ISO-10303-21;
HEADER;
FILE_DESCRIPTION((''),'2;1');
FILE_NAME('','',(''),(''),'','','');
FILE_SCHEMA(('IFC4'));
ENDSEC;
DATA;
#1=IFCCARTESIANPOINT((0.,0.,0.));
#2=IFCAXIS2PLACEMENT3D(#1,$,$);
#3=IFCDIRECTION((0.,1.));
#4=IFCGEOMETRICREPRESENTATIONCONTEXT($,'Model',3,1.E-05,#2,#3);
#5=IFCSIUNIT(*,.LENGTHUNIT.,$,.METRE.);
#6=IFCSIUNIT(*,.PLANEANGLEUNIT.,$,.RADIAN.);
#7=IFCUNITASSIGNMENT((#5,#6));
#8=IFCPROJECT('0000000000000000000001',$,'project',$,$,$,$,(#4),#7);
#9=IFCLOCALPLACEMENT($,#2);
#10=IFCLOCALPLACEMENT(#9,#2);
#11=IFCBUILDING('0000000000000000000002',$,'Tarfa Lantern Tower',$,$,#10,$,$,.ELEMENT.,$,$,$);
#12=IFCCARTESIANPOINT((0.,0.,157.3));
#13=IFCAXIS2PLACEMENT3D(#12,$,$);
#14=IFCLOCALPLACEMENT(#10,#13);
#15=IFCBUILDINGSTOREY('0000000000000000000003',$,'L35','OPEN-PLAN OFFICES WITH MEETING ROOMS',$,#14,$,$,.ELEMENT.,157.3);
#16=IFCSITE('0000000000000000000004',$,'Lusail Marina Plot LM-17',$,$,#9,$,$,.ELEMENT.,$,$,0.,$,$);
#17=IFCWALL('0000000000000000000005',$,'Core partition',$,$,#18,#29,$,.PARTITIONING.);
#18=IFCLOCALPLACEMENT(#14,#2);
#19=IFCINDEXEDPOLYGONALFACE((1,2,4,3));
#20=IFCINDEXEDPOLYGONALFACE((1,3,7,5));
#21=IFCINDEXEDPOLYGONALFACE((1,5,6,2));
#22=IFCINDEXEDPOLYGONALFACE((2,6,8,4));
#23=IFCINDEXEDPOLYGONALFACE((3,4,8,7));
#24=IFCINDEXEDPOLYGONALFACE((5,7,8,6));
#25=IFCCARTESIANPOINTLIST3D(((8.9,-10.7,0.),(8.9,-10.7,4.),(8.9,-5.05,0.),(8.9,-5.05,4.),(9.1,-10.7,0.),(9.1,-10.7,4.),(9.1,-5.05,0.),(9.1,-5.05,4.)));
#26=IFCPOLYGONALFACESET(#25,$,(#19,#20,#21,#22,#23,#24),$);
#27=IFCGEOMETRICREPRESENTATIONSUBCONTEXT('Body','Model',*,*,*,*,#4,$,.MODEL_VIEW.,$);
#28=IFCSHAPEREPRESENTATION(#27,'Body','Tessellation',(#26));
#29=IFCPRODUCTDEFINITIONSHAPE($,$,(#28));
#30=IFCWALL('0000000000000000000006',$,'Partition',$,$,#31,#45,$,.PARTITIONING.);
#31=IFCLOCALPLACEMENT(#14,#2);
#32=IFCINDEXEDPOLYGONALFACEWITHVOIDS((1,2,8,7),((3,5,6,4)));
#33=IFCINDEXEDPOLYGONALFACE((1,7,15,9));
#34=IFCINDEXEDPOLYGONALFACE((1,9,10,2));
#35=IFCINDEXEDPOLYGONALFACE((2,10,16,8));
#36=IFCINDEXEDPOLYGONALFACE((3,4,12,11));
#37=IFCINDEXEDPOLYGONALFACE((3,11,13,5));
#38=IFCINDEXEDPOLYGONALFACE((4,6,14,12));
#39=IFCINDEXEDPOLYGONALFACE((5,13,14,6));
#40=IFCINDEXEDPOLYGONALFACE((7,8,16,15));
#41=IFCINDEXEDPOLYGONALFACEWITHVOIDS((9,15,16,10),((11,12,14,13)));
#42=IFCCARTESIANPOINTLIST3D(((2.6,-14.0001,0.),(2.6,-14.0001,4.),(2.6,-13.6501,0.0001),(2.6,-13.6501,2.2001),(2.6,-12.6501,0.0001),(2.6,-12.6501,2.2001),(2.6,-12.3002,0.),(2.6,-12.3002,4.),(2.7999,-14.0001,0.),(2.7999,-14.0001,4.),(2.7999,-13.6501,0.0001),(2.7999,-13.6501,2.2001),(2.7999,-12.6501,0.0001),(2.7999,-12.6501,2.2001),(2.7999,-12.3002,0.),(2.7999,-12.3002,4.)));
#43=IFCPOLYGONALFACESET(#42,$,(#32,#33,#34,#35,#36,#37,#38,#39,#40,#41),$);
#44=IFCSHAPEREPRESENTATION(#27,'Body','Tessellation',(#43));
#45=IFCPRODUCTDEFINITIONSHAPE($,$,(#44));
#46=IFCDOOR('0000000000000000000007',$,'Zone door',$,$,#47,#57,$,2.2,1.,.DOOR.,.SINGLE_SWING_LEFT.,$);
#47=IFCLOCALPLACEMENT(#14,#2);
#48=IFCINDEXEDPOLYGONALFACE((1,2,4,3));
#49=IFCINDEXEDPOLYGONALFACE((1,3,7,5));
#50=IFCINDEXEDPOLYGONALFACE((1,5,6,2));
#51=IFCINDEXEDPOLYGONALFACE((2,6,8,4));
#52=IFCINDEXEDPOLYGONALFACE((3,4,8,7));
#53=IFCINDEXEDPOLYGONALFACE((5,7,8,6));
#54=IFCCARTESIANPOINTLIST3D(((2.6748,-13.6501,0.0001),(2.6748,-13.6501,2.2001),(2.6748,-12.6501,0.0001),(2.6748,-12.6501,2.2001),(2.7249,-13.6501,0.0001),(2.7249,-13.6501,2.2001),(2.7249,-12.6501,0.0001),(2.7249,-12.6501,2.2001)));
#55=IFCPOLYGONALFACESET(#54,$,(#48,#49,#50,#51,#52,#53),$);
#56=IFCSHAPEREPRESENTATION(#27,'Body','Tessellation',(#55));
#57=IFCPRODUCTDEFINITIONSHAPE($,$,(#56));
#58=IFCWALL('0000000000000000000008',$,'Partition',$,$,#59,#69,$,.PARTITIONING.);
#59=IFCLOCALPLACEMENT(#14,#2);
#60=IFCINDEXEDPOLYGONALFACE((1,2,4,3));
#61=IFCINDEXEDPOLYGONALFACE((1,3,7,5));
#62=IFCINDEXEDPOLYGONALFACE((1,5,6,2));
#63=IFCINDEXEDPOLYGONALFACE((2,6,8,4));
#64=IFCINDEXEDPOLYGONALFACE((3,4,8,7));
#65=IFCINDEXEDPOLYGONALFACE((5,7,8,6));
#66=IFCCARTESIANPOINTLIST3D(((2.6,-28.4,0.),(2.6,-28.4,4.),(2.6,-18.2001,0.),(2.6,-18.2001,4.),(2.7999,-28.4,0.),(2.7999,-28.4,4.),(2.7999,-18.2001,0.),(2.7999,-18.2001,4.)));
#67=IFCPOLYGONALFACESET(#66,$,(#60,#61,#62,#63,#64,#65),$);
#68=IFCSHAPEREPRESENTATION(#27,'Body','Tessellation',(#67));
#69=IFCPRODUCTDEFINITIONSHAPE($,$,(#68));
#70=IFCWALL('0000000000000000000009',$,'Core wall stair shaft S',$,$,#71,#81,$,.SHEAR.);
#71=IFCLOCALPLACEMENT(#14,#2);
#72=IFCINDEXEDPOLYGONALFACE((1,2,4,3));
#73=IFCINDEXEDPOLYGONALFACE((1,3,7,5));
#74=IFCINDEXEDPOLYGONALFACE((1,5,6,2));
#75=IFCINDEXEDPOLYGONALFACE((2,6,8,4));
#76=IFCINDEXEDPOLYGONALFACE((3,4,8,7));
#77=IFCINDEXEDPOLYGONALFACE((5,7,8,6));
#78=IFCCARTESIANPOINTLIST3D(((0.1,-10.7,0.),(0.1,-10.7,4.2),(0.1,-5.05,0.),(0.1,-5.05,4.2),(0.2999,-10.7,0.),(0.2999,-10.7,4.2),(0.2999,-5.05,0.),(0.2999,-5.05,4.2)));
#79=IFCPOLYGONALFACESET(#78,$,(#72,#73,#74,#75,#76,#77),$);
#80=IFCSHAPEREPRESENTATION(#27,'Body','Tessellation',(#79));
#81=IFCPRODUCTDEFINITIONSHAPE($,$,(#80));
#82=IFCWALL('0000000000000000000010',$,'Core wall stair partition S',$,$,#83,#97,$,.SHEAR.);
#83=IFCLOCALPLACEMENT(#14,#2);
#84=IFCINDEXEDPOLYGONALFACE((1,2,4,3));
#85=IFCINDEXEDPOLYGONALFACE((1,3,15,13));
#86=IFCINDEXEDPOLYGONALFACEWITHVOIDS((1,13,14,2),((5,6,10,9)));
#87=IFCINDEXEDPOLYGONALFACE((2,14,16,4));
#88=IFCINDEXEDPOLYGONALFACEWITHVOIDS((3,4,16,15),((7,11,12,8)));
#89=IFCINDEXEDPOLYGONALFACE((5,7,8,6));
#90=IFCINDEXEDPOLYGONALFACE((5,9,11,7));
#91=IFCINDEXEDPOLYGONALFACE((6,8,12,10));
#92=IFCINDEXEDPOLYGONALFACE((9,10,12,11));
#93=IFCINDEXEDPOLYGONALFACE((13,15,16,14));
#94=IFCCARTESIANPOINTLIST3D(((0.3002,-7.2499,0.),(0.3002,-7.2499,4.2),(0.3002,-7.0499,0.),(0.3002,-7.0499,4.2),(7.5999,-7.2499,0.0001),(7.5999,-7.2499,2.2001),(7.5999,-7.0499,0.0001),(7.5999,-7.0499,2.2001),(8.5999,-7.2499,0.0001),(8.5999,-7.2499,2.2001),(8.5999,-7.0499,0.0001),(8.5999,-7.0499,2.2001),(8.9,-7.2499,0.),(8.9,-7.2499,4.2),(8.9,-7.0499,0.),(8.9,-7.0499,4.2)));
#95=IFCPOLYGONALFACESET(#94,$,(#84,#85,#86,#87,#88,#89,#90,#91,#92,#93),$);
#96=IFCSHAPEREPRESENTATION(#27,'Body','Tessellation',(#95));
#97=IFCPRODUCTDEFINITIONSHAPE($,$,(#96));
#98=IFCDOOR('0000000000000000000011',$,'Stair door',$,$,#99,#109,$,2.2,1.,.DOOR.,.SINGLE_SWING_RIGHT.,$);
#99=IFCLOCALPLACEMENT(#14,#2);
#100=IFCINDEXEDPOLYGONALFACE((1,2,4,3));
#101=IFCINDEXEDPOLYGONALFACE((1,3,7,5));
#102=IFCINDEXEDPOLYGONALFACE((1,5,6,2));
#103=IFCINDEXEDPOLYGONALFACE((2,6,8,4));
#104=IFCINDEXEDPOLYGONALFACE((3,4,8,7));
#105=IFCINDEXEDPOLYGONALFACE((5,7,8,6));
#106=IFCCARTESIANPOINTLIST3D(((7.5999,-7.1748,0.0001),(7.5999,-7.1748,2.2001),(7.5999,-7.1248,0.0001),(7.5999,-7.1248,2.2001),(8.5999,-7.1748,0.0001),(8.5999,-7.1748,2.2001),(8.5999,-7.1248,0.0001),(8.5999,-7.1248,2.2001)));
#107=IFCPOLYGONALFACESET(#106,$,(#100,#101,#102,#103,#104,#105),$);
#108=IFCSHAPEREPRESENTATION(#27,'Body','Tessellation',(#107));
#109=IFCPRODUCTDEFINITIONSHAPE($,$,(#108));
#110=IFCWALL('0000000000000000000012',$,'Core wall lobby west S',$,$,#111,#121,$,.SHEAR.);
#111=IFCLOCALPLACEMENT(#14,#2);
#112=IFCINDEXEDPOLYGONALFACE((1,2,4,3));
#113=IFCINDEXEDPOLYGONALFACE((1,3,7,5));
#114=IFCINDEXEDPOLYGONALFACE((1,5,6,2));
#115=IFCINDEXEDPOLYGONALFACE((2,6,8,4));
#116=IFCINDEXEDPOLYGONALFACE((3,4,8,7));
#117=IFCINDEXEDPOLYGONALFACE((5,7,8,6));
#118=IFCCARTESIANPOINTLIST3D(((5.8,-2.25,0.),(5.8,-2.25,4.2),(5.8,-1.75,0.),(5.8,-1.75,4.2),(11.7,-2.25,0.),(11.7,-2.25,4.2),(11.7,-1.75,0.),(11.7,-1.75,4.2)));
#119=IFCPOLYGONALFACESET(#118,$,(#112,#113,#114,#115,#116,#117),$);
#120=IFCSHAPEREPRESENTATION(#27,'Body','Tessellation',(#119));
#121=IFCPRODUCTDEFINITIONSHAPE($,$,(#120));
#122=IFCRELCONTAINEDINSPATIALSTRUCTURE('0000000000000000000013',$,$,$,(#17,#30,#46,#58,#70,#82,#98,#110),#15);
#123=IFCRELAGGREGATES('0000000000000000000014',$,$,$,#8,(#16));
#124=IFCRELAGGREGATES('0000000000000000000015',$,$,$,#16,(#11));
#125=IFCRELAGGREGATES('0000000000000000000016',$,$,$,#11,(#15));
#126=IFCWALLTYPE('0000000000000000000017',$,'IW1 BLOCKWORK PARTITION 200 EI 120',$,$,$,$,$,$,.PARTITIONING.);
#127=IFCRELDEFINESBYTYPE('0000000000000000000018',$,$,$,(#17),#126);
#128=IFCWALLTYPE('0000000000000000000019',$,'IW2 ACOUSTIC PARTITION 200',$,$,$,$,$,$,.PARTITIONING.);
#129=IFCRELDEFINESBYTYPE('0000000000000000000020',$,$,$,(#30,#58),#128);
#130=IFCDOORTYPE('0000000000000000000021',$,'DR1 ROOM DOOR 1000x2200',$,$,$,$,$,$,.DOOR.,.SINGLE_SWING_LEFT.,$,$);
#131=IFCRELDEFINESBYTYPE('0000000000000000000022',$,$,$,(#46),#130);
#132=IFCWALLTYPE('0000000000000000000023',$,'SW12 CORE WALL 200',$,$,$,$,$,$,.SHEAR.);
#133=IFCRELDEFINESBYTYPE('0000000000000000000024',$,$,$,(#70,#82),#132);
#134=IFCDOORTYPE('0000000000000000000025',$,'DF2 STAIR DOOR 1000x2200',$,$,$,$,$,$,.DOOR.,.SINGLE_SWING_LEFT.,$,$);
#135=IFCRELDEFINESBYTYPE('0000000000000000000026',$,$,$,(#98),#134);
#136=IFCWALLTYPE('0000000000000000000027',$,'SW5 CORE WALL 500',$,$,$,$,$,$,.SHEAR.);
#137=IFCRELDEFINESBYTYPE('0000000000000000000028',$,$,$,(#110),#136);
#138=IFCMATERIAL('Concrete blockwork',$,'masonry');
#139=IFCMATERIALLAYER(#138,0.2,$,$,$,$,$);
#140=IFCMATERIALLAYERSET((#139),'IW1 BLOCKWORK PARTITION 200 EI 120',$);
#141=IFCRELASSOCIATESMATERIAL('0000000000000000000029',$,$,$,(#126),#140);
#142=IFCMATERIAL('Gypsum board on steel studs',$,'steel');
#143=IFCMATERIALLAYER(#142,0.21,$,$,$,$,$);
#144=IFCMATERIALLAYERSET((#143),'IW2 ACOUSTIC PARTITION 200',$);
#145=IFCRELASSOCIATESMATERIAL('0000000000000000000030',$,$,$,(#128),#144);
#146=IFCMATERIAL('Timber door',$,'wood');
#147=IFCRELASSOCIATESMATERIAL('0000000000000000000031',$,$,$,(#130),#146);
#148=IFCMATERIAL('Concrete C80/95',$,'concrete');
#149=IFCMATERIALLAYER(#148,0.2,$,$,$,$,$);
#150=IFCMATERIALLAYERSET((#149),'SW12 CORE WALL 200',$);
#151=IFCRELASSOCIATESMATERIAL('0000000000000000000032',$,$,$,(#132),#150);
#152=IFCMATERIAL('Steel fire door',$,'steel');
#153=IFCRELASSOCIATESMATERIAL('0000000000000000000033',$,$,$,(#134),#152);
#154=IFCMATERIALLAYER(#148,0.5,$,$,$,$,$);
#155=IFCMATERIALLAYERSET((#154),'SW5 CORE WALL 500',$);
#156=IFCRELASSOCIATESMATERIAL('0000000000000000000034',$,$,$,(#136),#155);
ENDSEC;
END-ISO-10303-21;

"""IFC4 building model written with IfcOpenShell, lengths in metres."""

from ifc_helpers import new_model, si_unit, direction, frame, frame_2d, origin, place, context, subcontext, project, spatial, rectangle, extrude, material, layer, layer_set, type_object, element, fill, save


model = new_model("IFC4")

# Units and contexts
model_context = context("Model", 3, precision=1e-05, world=origin(), true_north=direction((0.0, 1.0)))
body_context = subcontext(model_context, "Body", "Model", "MODEL_VIEW")
ifc_project = project(units=[si_unit("LENGTHUNIT", "METRE"), si_unit("PLANEANGLEUNIT", "RADIAN")], contexts=[model_context])

# Site, building, storey
site_placement = place(None, origin())
site = spatial("IfcSite", under=ifc_project, at=site_placement, Name="Lusail Marina Plot LM-17", CompositionType="ELEMENT", RefElevation=0.0)
building_placement = place(site_placement, origin())
building = spatial("IfcBuilding", under=site, at=building_placement, Name="Tarfa Lantern Tower", CompositionType="ELEMENT")
storey_placement = place(building_placement, frame((0.0, 0.0, 157.3)))
storey = spatial("IfcBuildingStorey", under=building, at=storey_placement, Name="L35", Description="OPEN-PLAN OFFICES WITH MEETING ROOMS", CompositionType="ELEMENT", Elevation=157.3)

# Wall
ifc_material_1 = material(Name="Concrete blockwork", Category="masonry")
ifc_layer_1 = layer(ifc_material_1, 0.2)
ifc_layer_set_1 = layer_set([ifc_layer_1], Name="IW1 BLOCKWORK PARTITION 200 EI 120")
wall_type_1 = type_object("IfcWallType", Name="IW1 BLOCKWORK PARTITION 200 EI 120", PredefinedType="PARTITIONING", material=ifc_layer_set_1)
wall_1_placement = place(storey_placement, frame((9.0, -5.05, 0.0), z_axis=(0.0, 0.0, 1.0), x_axis=(0.0, -1.0, 0.0)))
element("IfcWall", 1, at=wall_1_placement, inside=storey, type_object=wall_type_1, Name="Core partition", PredefinedType="PARTITIONING", context=body_context, shape_type="SweptSolid", body=[
    extrude(rectangle(XDim=5.6499, YDim=0.2, at=frame_2d((2.825, 0.0))), origin(), (0.0, 0.0, 1.0), 4.0),
])

# Wall, opening, door
ifc_material_2 = material(Name="Gypsum board on steel studs", Category="steel")
ifc_layer_2 = layer(ifc_material_2, 0.21)
ifc_layer_set_2 = layer_set([ifc_layer_2], Name="IW2 ACOUSTIC PARTITION 200")
wall_type_2 = type_object("IfcWallType", Name="IW2 ACOUSTIC PARTITION 200", PredefinedType="PARTITIONING", material=ifc_layer_set_2)
wall_2_placement = place(storey_placement, frame((2.7, -12.3, 0.0), z_axis=(0.0, 0.0, 1.0), x_axis=(0.0, -1.0, 0.0)))
wall_2 = element("IfcWall", 2, at=wall_2_placement, inside=storey, type_object=wall_type_2, Name="Partition", PredefinedType="PARTITIONING", context=body_context, shape_type="SweptSolid", body=[
    extrude(rectangle(XDim=1.7, YDim=0.2, at=frame_2d((0.8501, 0.0))), origin(), (0.0, 0.0, 1.0), 4.0),
])
opening_1_placement = place(wall_2_placement, frame((0.3501, 0.0, 0.0)))
opening_1 = element("IfcOpeningElement", 3, at=opening_1_placement, cuts=wall_2, PredefinedType="OPENING", context=body_context, shape_type="SweptSolid", body=[
    extrude(rectangle(XDim=1.0, YDim=2.2, at=frame_2d((0.5, 1.1001))), frame((0.0, 0.1099, 0.0), z_axis=(0.0, -1.0, 0.0), x_axis=(1.0, 0.0, 0.0)), (0.0, 0.0, 1.0), 0.22),
])
ifc_material_3 = material(Name="Timber door", Category="wood")
door_type_1 = type_object("IfcDoorType", Name="DR1 ROOM DOOR 1000x2200", OperationType="SINGLE_SWING_LEFT", PredefinedType="DOOR", material=ifc_material_3)
door_1_placement = place(opening_1_placement, origin())
door_1 = element("IfcDoor", 4, at=door_1_placement, inside=storey, type_object=door_type_1, Name="Zone door", OperationType="SINGLE_SWING_LEFT", OverallHeight=2.2, OverallWidth=1.0, PredefinedType="DOOR", context=body_context, shape_type="SweptSolid", body=[
    extrude(rectangle(XDim=1.0, YDim=2.2, at=frame_2d((0.5, 1.1001))), frame((0.0, 0.0249, 0.0), z_axis=(0.0, -1.0, 0.0), x_axis=(1.0, 0.0, 0.0)), (0.0, 0.0, 1.0), 0.05),
])
fill(opening_1, door_1)

# Walls
wall_3_placement = place(storey_placement, frame((2.7, -18.2, 0.0), z_axis=(0.0, 0.0, 1.0), x_axis=(0.0, -1.0, 0.0)))
element("IfcWall", 5, at=wall_3_placement, inside=storey, type_object=wall_type_2, Name="Partition", PredefinedType="PARTITIONING", context=body_context, shape_type="SweptSolid", body=[
    extrude(rectangle(XDim=10.2, YDim=0.2, at=frame_2d((5.1001, 0.0))), origin(), (0.0, 0.0, 1.0), 4.0),
])
ifc_material_4 = material(Name="Concrete C80/95", Category="concrete")
ifc_layer_3 = layer(ifc_material_4, 0.2)
ifc_layer_set_3 = layer_set([ifc_layer_3], Name="SW12 CORE WALL 200")
wall_type_3 = type_object("IfcWallType", Name="SW12 CORE WALL 200", PredefinedType="SHEAR", material=ifc_layer_set_3)
wall_4_placement = place(storey_placement, frame((0.2, -5.05, 0.0), z_axis=(0.0, 0.0, 1.0), x_axis=(0.0, -1.0, 0.0)))
element("IfcWall", 6, at=wall_4_placement, inside=storey, type_object=wall_type_3, Name="Core wall stair shaft S", PredefinedType="SHEAR", context=body_context, shape_type="SweptSolid", body=[
    extrude(rectangle(XDim=5.6499, YDim=0.2, at=frame_2d((2.825, 0.0))), origin(), (0.0, 0.0, 1.0), 4.2),
])

# Wall, opening, door
wall_5_placement = place(storey_placement, frame((8.8999, -7.1499, 0.0), z_axis=(0.0, 0.0, 1.0), x_axis=(-1.0, 0.0, 0.0)))
wall_5 = element("IfcWall", 7, at=wall_5_placement, inside=storey, type_object=wall_type_3, Name="Core wall stair partition S", PredefinedType="SHEAR", context=body_context, shape_type="SweptSolid", body=[
    extrude(rectangle(XDim=8.5999, YDim=0.2, at=frame_2d((4.2998, 0.0))), origin(), (0.0, 0.0, 1.0), 4.2),
])
opening_2_placement = place(wall_5_placement, frame((0.3, 0.0, 0.0)))
opening_2 = element("IfcOpeningElement", 8, at=opening_2_placement, cuts=wall_5, PredefinedType="OPENING", context=body_context, shape_type="SweptSolid", body=[
    extrude(rectangle(XDim=1.0, YDim=2.2, at=frame_2d((0.5, 1.1001))), frame((0.0, 0.1099, 0.0), z_axis=(0.0, -1.0, 0.0), x_axis=(1.0, 0.0, 0.0)), (0.0, 0.0, 1.0), 0.22),
])
ifc_material_5 = material(Name="Steel fire door", Category="steel")
door_type_2 = type_object("IfcDoorType", Name="DF2 STAIR DOOR 1000x2200", OperationType="SINGLE_SWING_LEFT", PredefinedType="DOOR", material=ifc_material_5)
door_2_placement = place(opening_2_placement, origin())
door_2 = element("IfcDoor", 9, at=door_2_placement, inside=storey, type_object=door_type_2, Name="Stair door", OperationType="SINGLE_SWING_RIGHT", OverallHeight=2.2, OverallWidth=1.0, PredefinedType="DOOR", context=body_context, shape_type="SweptSolid", body=[
    extrude(rectangle(XDim=1.0, YDim=2.2, at=frame_2d((0.5, 1.1001))), frame((0.0, 0.0249, 0.0), z_axis=(0.0, -1.0, 0.0), x_axis=(1.0, 0.0, 0.0)), (0.0, 0.0, 1.0), 0.05),
])
fill(opening_2, door_2)

# Wall
ifc_layer_4 = layer(ifc_material_4, 0.5)
ifc_layer_set_4 = layer_set([ifc_layer_4], Name="SW5 CORE WALL 500")
wall_type_4 = type_object("IfcWallType", Name="SW5 CORE WALL 500", PredefinedType="SHEAR", material=ifc_layer_set_4)
wall_6_placement = place(storey_placement, frame((11.7, -2.0, 0.0), z_axis=(0.0, 0.0, 1.0), x_axis=(-1.0, 0.0, 0.0)))
element("IfcWall", 10, at=wall_6_placement, inside=storey, type_object=wall_type_4, Name="Core wall lobby west S", PredefinedType="SHEAR", context=body_context, shape_type="SweptSolid", body=[
    extrude(rectangle(XDim=5.8999, YDim=0.5, at=frame_2d((2.95, 0.0))), origin(), (0.0, 0.0, 1.0), 4.2),
])

save(model, "model.ifc")
